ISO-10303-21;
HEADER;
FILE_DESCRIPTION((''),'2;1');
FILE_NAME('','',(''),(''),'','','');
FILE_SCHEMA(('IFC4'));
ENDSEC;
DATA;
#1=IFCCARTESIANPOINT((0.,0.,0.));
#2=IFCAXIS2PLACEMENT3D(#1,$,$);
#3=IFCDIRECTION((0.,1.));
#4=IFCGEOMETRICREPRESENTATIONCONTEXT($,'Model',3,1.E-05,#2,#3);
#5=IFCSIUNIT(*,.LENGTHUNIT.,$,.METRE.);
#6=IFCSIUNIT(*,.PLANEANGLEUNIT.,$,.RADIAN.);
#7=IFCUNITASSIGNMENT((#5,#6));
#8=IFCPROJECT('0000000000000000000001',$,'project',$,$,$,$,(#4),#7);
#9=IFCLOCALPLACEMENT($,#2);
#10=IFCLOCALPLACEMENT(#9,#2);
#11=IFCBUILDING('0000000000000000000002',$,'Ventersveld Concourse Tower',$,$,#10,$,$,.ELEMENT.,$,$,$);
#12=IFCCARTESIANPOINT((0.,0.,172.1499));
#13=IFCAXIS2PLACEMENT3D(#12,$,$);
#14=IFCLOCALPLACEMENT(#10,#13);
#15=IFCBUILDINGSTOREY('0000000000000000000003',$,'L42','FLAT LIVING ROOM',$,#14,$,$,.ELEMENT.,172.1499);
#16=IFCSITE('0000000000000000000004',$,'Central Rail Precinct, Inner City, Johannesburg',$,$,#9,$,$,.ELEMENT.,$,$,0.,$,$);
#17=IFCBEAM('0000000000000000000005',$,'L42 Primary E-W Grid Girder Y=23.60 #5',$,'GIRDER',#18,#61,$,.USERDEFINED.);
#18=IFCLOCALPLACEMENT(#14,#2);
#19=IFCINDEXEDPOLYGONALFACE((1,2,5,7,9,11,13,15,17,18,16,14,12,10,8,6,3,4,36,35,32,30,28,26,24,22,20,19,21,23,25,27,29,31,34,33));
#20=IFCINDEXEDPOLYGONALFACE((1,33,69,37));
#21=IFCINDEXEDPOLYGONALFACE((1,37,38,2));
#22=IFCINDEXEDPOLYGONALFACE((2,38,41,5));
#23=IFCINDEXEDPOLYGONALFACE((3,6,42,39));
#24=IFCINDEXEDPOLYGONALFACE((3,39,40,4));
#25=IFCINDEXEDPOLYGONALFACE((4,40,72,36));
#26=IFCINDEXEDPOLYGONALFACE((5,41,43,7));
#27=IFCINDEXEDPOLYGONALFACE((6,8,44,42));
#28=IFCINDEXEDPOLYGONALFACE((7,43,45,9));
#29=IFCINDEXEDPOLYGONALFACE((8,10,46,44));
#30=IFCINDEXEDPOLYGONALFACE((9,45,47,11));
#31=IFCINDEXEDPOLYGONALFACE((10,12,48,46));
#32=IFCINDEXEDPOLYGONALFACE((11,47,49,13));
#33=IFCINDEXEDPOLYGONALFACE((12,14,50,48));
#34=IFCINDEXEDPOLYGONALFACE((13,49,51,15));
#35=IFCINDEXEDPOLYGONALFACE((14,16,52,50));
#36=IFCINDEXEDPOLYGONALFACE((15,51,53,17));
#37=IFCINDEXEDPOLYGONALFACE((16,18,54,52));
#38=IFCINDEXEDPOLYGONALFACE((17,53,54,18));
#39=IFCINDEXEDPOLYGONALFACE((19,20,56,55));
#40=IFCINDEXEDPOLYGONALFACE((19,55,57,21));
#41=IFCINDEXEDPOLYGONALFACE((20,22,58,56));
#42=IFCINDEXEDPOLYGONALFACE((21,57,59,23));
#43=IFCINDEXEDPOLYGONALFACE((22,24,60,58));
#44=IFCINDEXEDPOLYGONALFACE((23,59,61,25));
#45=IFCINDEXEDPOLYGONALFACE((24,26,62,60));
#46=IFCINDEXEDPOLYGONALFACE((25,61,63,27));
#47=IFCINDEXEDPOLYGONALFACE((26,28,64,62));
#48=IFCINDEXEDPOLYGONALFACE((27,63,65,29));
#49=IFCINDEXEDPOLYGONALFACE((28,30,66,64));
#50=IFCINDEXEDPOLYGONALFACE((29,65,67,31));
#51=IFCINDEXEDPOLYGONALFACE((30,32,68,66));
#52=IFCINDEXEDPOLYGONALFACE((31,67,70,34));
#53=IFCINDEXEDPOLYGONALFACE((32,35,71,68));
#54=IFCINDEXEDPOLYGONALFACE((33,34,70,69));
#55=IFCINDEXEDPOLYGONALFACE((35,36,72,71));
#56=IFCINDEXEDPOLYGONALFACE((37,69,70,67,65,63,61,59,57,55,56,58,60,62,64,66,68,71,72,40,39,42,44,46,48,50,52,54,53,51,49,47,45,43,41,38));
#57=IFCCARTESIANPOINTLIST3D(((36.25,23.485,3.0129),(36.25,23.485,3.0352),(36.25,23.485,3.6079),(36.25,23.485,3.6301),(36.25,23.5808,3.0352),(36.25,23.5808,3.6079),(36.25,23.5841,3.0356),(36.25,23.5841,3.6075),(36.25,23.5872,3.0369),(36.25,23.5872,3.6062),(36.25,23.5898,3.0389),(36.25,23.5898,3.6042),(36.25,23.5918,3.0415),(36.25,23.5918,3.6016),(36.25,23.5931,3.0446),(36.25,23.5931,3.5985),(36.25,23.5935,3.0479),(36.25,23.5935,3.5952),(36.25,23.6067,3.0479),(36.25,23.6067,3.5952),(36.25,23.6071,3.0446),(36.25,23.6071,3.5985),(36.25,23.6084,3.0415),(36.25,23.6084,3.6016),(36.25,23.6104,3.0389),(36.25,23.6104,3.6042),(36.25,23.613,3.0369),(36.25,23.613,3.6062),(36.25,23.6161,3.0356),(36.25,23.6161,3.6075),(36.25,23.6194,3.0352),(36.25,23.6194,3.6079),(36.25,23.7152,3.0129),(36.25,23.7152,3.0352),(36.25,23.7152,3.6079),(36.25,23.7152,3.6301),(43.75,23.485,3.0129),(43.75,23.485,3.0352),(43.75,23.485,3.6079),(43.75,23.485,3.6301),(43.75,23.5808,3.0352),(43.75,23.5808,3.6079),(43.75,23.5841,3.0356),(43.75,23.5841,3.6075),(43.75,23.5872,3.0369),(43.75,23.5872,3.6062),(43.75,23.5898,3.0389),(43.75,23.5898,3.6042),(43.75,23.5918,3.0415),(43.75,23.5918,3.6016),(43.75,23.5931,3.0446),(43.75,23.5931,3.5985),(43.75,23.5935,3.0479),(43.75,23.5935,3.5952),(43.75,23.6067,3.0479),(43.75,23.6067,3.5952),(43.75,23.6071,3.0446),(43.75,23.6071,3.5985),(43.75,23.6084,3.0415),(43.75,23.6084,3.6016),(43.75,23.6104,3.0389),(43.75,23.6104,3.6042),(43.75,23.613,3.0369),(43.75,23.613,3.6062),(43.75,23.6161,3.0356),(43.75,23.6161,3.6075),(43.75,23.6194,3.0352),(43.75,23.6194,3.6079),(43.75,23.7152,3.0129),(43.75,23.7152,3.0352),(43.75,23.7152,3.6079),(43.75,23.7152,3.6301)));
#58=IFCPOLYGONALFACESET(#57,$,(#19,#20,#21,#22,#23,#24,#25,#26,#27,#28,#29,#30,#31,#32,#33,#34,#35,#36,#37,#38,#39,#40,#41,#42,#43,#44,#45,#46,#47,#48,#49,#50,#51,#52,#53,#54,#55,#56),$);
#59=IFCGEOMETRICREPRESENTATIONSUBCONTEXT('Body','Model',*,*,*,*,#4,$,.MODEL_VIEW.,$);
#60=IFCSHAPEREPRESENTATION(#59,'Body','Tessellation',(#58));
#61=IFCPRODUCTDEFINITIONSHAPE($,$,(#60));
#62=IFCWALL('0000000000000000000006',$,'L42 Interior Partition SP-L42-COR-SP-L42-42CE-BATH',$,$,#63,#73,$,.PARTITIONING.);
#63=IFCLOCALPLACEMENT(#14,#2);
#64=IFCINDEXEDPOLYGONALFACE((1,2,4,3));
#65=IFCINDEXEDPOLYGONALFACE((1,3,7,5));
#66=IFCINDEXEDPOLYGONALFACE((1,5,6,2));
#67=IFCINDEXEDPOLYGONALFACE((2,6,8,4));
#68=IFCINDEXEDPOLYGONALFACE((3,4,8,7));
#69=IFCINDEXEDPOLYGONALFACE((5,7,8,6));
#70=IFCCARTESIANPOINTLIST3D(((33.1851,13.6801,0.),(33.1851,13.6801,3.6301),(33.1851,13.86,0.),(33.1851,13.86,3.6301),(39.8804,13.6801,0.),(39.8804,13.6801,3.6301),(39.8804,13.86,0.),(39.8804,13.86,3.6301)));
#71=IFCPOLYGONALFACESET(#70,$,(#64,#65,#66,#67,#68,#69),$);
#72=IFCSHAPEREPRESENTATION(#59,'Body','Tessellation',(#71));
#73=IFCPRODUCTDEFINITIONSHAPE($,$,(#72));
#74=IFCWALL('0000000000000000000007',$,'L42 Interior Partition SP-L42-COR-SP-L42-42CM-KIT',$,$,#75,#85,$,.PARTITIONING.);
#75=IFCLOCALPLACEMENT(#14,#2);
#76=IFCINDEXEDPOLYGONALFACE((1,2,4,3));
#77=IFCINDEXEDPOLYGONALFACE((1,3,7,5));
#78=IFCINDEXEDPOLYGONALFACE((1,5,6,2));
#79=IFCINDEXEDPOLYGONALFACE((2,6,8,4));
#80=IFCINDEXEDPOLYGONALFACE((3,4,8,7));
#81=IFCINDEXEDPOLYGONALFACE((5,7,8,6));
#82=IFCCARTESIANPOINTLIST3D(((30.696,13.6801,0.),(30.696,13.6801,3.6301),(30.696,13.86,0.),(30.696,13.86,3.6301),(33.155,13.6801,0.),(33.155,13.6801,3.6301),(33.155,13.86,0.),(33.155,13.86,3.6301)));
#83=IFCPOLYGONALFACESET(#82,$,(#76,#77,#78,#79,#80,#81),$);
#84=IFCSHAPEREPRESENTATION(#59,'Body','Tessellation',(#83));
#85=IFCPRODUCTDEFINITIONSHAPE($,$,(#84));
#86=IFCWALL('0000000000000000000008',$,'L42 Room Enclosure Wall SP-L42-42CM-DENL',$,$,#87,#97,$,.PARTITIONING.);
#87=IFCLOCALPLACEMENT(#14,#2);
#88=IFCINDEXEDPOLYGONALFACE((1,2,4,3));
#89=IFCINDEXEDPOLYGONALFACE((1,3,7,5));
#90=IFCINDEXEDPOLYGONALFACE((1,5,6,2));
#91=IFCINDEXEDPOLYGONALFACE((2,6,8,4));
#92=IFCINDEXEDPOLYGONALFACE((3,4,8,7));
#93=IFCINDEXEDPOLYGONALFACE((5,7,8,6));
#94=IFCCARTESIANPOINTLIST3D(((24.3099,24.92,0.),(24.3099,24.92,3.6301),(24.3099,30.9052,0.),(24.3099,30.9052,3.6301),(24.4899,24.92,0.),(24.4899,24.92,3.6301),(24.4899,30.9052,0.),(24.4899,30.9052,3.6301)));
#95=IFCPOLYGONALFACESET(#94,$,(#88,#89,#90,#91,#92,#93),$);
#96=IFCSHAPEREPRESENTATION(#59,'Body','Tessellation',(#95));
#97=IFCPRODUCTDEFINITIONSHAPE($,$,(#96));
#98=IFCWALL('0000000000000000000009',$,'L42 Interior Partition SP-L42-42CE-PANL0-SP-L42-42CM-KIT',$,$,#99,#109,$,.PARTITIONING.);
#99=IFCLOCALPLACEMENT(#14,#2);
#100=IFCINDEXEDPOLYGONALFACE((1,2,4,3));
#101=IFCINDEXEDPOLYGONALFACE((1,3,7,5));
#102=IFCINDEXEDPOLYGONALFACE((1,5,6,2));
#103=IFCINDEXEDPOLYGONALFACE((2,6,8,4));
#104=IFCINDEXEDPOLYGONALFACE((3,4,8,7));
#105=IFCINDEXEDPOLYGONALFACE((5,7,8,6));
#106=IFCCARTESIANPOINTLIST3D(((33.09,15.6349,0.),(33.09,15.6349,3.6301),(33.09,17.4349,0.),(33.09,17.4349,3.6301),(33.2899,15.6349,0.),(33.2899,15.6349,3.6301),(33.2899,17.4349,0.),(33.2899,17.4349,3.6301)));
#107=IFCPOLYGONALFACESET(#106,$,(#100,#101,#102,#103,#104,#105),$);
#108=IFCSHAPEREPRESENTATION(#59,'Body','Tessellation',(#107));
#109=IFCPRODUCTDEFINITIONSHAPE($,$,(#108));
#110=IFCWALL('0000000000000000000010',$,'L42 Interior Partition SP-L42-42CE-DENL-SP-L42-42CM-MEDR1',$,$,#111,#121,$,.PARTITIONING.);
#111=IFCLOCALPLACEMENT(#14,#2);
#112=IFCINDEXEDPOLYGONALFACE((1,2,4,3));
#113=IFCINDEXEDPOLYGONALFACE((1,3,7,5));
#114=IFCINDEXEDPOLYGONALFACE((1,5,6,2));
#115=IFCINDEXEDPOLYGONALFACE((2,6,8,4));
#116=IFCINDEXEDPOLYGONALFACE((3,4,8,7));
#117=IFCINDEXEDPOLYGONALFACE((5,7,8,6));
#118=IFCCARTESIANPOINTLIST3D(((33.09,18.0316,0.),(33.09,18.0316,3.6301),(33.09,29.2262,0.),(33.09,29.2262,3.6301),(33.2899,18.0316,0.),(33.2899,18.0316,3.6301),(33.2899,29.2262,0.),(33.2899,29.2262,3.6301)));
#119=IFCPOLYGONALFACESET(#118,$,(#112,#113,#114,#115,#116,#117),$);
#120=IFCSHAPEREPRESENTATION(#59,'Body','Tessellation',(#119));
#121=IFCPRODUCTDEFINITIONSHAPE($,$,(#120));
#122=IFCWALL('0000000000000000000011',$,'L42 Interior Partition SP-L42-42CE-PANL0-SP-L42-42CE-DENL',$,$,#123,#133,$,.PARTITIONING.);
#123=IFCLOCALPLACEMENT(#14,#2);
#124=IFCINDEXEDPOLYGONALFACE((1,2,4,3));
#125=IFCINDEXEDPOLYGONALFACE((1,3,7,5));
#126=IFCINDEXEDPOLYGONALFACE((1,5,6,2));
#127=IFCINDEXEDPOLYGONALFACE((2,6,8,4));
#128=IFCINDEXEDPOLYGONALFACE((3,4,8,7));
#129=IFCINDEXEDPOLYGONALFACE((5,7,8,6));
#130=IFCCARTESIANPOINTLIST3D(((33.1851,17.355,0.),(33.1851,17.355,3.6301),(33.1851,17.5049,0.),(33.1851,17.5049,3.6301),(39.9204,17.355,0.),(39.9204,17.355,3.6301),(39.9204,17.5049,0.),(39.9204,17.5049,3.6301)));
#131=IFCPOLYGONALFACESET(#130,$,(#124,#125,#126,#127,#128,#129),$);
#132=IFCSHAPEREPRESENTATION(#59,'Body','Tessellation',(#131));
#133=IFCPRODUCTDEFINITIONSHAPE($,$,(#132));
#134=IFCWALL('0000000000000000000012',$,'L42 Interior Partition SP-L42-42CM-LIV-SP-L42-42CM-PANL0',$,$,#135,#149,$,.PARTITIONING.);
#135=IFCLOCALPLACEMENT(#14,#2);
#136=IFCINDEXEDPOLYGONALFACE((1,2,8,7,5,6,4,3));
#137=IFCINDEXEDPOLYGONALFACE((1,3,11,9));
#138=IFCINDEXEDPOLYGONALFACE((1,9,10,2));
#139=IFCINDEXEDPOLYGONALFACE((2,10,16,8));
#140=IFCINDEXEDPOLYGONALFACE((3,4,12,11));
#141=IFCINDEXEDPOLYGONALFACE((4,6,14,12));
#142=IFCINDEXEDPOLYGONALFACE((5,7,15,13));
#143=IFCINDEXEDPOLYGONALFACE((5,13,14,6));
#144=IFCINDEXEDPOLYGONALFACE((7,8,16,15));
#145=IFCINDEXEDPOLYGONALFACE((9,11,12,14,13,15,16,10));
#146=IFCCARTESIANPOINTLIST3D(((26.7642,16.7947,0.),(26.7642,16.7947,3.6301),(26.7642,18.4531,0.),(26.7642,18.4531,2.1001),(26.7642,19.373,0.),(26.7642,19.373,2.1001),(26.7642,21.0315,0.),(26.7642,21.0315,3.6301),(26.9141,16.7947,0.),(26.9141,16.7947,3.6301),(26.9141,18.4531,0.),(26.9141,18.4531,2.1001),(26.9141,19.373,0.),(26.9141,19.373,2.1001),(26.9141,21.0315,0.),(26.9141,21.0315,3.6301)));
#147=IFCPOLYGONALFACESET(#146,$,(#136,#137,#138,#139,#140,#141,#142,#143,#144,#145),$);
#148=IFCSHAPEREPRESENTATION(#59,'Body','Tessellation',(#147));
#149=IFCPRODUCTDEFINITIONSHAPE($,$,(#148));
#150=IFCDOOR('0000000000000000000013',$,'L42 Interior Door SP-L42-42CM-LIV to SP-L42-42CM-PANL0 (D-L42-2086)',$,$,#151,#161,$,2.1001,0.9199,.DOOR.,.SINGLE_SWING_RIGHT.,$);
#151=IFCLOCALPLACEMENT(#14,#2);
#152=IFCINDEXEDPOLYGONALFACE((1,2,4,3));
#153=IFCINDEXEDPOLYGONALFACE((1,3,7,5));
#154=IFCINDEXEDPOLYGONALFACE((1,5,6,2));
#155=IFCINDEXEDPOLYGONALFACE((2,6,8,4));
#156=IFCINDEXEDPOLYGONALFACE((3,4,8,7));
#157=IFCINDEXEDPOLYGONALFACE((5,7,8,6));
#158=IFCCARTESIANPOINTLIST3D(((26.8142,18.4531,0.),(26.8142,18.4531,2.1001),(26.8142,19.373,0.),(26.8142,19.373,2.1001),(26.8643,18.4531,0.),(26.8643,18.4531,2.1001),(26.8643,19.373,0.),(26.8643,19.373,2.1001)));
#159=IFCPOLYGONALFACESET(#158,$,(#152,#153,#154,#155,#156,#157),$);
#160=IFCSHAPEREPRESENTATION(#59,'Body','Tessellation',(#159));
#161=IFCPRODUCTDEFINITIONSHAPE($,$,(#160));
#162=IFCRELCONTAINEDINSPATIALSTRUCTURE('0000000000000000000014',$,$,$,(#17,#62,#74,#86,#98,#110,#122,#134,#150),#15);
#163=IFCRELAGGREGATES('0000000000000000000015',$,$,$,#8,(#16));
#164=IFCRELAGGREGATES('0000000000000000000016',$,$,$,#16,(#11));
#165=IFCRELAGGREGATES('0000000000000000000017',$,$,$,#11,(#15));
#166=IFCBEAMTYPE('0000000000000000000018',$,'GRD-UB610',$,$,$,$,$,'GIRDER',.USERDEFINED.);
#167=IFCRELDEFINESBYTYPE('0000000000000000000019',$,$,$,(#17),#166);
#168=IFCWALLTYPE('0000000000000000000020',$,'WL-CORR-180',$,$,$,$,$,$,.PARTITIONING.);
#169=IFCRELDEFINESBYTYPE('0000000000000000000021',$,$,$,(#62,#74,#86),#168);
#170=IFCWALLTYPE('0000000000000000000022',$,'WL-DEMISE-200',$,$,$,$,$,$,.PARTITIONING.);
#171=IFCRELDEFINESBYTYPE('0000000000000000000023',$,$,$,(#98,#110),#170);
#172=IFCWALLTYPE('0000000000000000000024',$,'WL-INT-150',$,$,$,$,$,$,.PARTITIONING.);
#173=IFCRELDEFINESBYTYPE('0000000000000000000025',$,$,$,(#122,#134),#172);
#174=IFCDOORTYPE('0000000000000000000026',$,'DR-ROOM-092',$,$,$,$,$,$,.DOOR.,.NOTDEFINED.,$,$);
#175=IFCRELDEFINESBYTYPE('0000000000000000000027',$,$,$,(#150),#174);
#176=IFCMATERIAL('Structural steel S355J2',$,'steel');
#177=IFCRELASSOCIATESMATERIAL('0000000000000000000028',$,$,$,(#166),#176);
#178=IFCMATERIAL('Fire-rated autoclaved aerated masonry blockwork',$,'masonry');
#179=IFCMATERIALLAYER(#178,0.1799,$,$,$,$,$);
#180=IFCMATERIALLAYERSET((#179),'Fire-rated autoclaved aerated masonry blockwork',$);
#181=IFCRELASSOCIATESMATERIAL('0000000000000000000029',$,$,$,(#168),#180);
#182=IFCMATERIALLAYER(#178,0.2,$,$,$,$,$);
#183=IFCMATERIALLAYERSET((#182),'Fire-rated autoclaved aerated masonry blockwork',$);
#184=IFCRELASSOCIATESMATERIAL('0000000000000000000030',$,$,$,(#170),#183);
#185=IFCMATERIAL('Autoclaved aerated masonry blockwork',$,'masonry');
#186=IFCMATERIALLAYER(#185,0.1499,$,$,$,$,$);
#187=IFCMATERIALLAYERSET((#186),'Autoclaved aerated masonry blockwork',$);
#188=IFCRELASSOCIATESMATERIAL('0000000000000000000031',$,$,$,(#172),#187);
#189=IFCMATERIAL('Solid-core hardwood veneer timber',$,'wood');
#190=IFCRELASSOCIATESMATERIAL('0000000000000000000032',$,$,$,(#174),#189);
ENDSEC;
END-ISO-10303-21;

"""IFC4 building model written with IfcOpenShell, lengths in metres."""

from ifc_helpers import new_model, si_unit, direction, frame, frame_2d, origin, origin_2d, place, context, subcontext, project, spatial, rectangle, i_section, extrude, material, layer, layer_set, material_profile, profile_set, type_object, element, fill, save


model = new_model("IFC4")

# Units and contexts
model_context = context("Model", 3, precision=1e-05, world=origin(), true_north=direction((0.0, 1.0)))
body_context = subcontext(model_context, "Body", "Model", "MODEL_VIEW")
ifc_project = project(units=[si_unit("LENGTHUNIT", "METRE"), si_unit("PLANEANGLEUNIT", "RADIAN")], contexts=[model_context])

# Site, building, storey
site_placement = place(None, origin())
site = spatial("IfcSite", under=ifc_project, at=site_placement, Name="Central Rail Precinct, Inner City, Johannesburg", CompositionType="ELEMENT", RefElevation=0.0)
building_placement = place(site_placement, origin())
building = spatial("IfcBuilding", under=site, at=building_placement, Name="Ventersveld Concourse Tower", CompositionType="ELEMENT")
storey_placement = place(building_placement, frame((0.0, 0.0, 172.1499)))
storey = spatial("IfcBuildingStorey", under=building, at=storey_placement, Name="L42", Description="FLAT LIVING ROOM", CompositionType="ELEMENT", Elevation=172.1499)

# Beam
ifc_material_1 = material(Name="Structural steel S355J2", Category="steel")
ifc_material_profile_1 = material_profile(ifc_material_1, i_section(OverallWidth=0.2302, OverallDepth=0.6172, WebThickness=0.0132, FlangeThickness=0.0222, FilletRadius=0.0127, at=origin_2d()), Name="UB 610x229x140")
ifc_profile_set_1 = profile_set([ifc_material_profile_1], Name="Structural steel S355J2")
beam_type_1 = type_object("IfcBeamType", Name="GRD-UB610", ElementType="GIRDER", PredefinedType="USERDEFINED", material=ifc_profile_set_1)
for number, where, z_axis, x_axis, name in (
    (1, (36.25, 23.6001, 3.3215), (1.0, 0.0, 0.0), (0.0, 1.0, 0.0), "L42 Primary E-W Grid Girder Y=23.60 #5"),
):
    element("IfcBeam", number, at=place(storey_placement, frame(where, z_axis=z_axis, x_axis=x_axis)), inside=storey, type_object=beam_type_1, Name=name, ObjectType="GIRDER", PredefinedType="USERDEFINED", context=body_context, shape_type="SweptSolid", body=[
        extrude(i_section(OverallWidth=0.2302, OverallDepth=0.6172, WebThickness=0.0132, FlangeThickness=0.0222, FilletRadius=0.0127, at=origin_2d()), origin(), (0.0, 0.0, 1.0), 7.5),
    ])

# Wall
ifc_material_2 = material(Name="Fire-rated autoclaved aerated masonry blockwork", Category="masonry")
ifc_layer_1 = layer(ifc_material_2, 0.1799)
ifc_layer_set_1 = layer_set([ifc_layer_1], Name="Fire-rated autoclaved aerated masonry blockwork")
wall_type_1 = type_object("IfcWallType", Name="WL-CORR-180", PredefinedType="PARTITIONING", material=ifc_layer_set_1)
wall_1_placement = place(storey_placement, frame((33.1851, 13.77, 0.0), z_axis=(0.0, 0.0, 1.0), x_axis=(1.0, 0.0, 0.0)))
element("IfcWall", 2, at=wall_1_placement, inside=storey, type_object=wall_type_1, Name="L42 Interior Partition SP-L42-COR-SP-L42-42CE-BATH", PredefinedType="PARTITIONING", context=body_context, shape_type="SweptSolid", body=[
    extrude(rectangle(XDim=6.6953, YDim=0.1799, at=frame_2d((3.3477, 0.0))), origin(), (0.0, 0.0, 1.0), 3.6301),
])

# Shared definitions
ifc_material_3 = material(Name="Solid-core hardwood veneer timber", Category="wood")

# Walls
wall_2_placement = place(storey_placement, frame((30.696, 13.77, 0.0), z_axis=(0.0, 0.0, 1.0), x_axis=(1.0, 0.0, 0.0)))
element("IfcWall", 3, at=wall_2_placement, inside=storey, type_object=wall_type_1, Name="L42 Interior Partition SP-L42-COR-SP-L42-42CM-KIT", PredefinedType="PARTITIONING", context=body_context, shape_type="SweptSolid", body=[
    extrude(rectangle(XDim=2.459, YDim=0.1799, at=frame_2d((1.2295, 0.0))), origin(), (0.0, 0.0, 1.0), 3.6301),
])
wall_3_placement = place(storey_placement, frame((24.3999, 24.9199, 0.0), z_axis=(0.0, 0.0, 1.0), x_axis=(0.0, 1.0, 0.0)))
element("IfcWall", 4, at=wall_3_placement, inside=storey, type_object=wall_type_1, Name="L42 Room Enclosure Wall SP-L42-42CM-DENL", PredefinedType="PARTITIONING", context=body_context, shape_type="SweptSolid", body=[
    extrude(rectangle(XDim=5.9851, YDim=0.1799, at=frame_2d((2.9927, 0.0))), origin(), (0.0, 0.0, 1.0), 3.6301),
])
ifc_layer_2 = layer(ifc_material_2, 0.2)
ifc_layer_set_2 = layer_set([ifc_layer_2], Name="Fire-rated autoclaved aerated masonry blockwork")
wall_type_2 = type_object("IfcWallType", Name="WL-DEMISE-200", PredefinedType="PARTITIONING", material=ifc_layer_set_2)
wall_4_placement = place(storey_placement, frame((33.1899, 15.635, 0.0), z_axis=(0.0, 0.0, 1.0), x_axis=(0.0, 1.0, 0.0)))
element("IfcWall", 5, at=wall_4_placement, inside=storey, type_object=wall_type_2, Name="L42 Interior Partition SP-L42-42CE-PANL0-SP-L42-42CM-KIT", PredefinedType="PARTITIONING", context=body_context, shape_type="SweptSolid", body=[
    extrude(rectangle(XDim=1.8, YDim=0.2, at=frame_2d((0.8999, 0.0))), origin(), (0.0, 0.0, 1.0), 3.6301),
])
wall_5_placement = place(storey_placement, frame((33.1899, 18.0317, 0.0), z_axis=(0.0, 0.0, 1.0), x_axis=(0.0, 1.0, 0.0)))
element("IfcWall", 6, at=wall_5_placement, inside=storey, type_object=wall_type_2, Name="L42 Interior Partition SP-L42-42CE-DENL-SP-L42-42CM-MEDR1", PredefinedType="PARTITIONING", context=body_context, shape_type="SweptSolid", body=[
    extrude(rectangle(XDim=11.1946, YDim=0.2, at=frame_2d((5.5972, 0.0))), origin(), (0.0, 0.0, 1.0), 3.6301),
])
ifc_material_4 = material(Name="Autoclaved aerated masonry blockwork", Category="masonry")
ifc_layer_3 = layer(ifc_material_4, 0.1499)
ifc_layer_set_3 = layer_set([ifc_layer_3], Name="Autoclaved aerated masonry blockwork")
wall_type_3 = type_object("IfcWallType", Name="WL-INT-150", PredefinedType="PARTITIONING", material=ifc_layer_set_3)
wall_6_placement = place(storey_placement, frame((33.1851, 17.4299, 0.0), z_axis=(0.0, 0.0, 1.0), x_axis=(1.0, 0.0, 0.0)))
element("IfcWall", 7, at=wall_6_placement, inside=storey, type_object=wall_type_3, Name="L42 Interior Partition SP-L42-42CE-PANL0-SP-L42-42CE-DENL", PredefinedType="PARTITIONING", context=body_context, shape_type="SweptSolid", body=[
    extrude(rectangle(XDim=6.7354, YDim=0.1499, at=frame_2d((3.3677, 0.0))), origin(), (0.0, 0.0, 1.0), 3.6301),
])

# Wall, opening, door
wall_7_placement = place(storey_placement, frame((26.8391, 16.7947, 0.0), z_axis=(0.0, 0.0, 1.0), x_axis=(0.0, 1.0, 0.0)))
wall_7 = element("IfcWall", 8, at=wall_7_placement, inside=storey, type_object=wall_type_3, Name="L42 Interior Partition SP-L42-42CM-LIV-SP-L42-42CM-PANL0", PredefinedType="PARTITIONING", context=body_context, shape_type="SweptSolid", body=[
    extrude(rectangle(XDim=4.2368, YDim=0.1499, at=frame_2d((2.1184, 0.0))), origin(), (0.0, 0.0, 1.0), 3.6301),
])
opening_1_placement = place(wall_7_placement, frame((1.6584, 0.0, 0.0)))
opening_1 = element("IfcOpeningElement", 9, at=opening_1_placement, cuts=wall_7, PredefinedType="OPENING", context=body_context, shape_type="SweptSolid", body=[
    extrude(rectangle(XDim=0.9199, YDim=2.1001, at=frame_2d((0.46, 1.05))), frame((0.0, 0.085, 0.0), z_axis=(0.0, -1.0, 0.0), x_axis=(1.0, 0.0, 0.0)), (0.0, 0.0, 1.0), 0.1699),
])
door_type_1 = type_object("IfcDoorType", Name="DR-ROOM-092", OperationType="NOTDEFINED", PredefinedType="DOOR", material=ifc_material_3)
door_1_placement = place(opening_1_placement, origin())
door_1 = element("IfcDoor", 10, at=door_1_placement, inside=storey, type_object=door_type_1, Name="L42 Interior Door SP-L42-42CM-LIV to SP-L42-42CM-PANL0 (D-L42-2086)", OperationType="SINGLE_SWING_RIGHT", OverallHeight=2.1001, OverallWidth=0.9199, PredefinedType="DOOR", context=body_context, shape_type="SweptSolid", body=[
    extrude(rectangle(XDim=0.9199, YDim=2.1001, at=frame_2d((0.46, 1.05))), frame((0.0, 0.0249, 0.0), z_axis=(0.0, -1.0, 0.0), x_axis=(1.0, 0.0, 0.0)), (0.0, 0.0, 1.0), 0.05),
])
fill(opening_1, door_1)

save(model, "model.ifc")
